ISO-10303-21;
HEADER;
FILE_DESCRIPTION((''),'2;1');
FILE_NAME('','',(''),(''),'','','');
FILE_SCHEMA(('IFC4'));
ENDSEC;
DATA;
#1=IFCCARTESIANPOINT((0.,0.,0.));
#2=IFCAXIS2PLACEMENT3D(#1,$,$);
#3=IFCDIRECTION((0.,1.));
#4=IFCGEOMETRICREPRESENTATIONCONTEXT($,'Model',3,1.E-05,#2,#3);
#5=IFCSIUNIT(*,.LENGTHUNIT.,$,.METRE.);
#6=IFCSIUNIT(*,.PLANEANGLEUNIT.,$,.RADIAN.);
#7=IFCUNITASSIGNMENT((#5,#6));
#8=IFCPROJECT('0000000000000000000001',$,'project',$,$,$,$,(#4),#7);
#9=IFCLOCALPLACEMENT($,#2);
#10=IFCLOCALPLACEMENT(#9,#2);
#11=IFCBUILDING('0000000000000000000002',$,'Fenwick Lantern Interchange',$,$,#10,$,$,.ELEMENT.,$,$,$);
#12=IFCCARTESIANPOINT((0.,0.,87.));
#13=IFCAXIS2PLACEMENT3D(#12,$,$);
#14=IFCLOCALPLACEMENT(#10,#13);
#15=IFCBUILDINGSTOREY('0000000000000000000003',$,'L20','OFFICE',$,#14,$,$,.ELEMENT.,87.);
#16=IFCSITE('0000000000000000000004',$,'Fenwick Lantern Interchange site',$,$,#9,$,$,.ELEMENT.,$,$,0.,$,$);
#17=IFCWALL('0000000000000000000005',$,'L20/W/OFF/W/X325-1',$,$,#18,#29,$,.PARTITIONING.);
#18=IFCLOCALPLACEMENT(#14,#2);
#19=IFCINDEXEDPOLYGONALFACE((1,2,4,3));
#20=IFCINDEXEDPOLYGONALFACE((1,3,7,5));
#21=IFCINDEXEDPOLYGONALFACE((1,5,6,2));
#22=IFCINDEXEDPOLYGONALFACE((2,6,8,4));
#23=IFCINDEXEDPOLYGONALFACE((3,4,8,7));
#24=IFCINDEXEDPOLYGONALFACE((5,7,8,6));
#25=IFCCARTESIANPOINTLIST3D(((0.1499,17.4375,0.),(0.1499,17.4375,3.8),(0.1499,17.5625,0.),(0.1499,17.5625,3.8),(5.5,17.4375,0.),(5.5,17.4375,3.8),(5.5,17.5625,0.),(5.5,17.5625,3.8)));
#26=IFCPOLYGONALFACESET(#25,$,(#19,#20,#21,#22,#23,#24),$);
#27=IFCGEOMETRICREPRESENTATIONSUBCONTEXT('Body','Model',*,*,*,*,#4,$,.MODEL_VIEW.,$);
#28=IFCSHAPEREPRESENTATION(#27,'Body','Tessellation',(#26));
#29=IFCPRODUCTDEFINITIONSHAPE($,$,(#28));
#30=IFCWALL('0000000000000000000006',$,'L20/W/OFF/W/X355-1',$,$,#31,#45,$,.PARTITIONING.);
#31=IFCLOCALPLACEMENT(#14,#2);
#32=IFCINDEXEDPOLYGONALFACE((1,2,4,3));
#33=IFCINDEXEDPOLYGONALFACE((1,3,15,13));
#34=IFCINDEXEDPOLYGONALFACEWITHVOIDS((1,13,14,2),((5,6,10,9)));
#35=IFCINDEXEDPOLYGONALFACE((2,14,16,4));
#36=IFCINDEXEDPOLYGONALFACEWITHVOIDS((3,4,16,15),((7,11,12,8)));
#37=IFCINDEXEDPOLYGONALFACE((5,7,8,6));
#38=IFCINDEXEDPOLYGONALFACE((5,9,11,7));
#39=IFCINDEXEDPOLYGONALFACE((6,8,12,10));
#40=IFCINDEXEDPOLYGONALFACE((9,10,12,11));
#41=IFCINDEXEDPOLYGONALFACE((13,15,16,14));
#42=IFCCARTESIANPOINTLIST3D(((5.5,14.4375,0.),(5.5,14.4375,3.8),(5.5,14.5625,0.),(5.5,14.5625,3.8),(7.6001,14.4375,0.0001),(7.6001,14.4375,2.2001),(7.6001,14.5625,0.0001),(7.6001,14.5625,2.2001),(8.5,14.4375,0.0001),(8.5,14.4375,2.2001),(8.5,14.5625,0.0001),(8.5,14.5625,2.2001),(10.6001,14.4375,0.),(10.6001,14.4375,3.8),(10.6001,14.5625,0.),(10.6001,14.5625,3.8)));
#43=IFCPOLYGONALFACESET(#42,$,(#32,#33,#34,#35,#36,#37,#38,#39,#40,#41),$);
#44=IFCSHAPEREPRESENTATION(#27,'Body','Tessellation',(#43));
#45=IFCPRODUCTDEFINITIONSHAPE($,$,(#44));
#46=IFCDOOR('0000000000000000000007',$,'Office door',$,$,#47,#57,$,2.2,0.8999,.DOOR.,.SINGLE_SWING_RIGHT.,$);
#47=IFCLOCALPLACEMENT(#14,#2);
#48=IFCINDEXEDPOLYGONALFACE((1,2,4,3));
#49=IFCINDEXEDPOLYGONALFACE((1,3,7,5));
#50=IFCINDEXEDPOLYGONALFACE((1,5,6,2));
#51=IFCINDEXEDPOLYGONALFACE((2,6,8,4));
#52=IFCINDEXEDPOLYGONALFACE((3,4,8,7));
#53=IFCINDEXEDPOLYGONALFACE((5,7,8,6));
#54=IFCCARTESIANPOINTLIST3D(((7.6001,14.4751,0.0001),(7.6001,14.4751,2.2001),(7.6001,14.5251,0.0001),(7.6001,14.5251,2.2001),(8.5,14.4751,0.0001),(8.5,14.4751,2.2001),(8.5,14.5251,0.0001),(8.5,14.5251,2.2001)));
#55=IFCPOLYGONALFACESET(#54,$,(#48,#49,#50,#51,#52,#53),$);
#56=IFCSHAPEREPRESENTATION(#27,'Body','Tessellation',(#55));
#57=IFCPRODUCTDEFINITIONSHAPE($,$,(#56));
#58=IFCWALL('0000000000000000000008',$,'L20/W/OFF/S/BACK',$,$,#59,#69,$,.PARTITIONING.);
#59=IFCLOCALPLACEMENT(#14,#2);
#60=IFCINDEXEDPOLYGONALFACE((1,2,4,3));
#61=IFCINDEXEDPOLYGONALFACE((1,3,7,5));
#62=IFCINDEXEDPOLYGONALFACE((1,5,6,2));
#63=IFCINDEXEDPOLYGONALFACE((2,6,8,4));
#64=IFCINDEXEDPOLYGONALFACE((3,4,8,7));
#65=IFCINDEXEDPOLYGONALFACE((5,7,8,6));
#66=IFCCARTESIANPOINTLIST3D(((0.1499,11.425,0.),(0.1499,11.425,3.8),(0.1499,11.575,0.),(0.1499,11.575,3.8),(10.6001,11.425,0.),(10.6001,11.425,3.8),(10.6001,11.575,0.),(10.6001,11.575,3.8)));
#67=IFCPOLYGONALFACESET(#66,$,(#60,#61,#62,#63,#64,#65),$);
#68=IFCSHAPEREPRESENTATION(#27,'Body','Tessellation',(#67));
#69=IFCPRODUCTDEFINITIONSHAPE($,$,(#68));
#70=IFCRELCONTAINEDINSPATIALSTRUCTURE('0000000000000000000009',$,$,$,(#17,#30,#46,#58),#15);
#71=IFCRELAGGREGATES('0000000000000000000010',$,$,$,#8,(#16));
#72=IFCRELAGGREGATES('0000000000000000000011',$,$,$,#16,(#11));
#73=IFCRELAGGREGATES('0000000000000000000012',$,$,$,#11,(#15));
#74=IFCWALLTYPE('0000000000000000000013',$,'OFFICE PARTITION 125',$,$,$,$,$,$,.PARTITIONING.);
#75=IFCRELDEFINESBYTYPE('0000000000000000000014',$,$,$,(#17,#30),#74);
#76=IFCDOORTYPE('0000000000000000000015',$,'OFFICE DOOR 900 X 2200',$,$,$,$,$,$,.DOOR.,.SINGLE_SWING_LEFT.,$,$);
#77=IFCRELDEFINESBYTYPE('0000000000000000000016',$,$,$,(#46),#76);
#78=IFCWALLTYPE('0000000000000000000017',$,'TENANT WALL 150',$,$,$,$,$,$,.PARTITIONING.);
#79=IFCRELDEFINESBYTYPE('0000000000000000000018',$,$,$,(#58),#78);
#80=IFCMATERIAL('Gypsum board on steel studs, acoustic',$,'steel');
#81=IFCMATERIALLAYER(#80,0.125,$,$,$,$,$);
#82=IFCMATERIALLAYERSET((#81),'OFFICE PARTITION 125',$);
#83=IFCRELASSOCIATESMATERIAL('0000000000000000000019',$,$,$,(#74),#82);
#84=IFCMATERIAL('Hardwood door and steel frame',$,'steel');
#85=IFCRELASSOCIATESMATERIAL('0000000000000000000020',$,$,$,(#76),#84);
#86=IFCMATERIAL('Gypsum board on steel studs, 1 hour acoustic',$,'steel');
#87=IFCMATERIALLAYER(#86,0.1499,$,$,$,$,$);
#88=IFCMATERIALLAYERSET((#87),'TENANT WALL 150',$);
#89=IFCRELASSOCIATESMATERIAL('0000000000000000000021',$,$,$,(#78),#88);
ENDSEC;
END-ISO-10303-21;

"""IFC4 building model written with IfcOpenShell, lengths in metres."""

from ifc_helpers import new_model, si_unit, direction, frame, frame_2d, origin, place, context, subcontext, project, spatial, rectangle, extrude, material, layer, layer_set, type_object, element, fill, save


model = new_model("IFC4")

# Units and contexts
model_context = context("Model", 3, precision=1e-05, world=origin(), true_north=direction((0.0, 1.0)))
body_context = subcontext(model_context, "Body", "Model", "MODEL_VIEW")
ifc_project = project(units=[si_unit("LENGTHUNIT", "METRE"), si_unit("PLANEANGLEUNIT", "RADIAN")], contexts=[model_context])

# Site, building, storey
site_placement = place(None, origin())
site = spatial("IfcSite", under=ifc_project, at=site_placement, Name="Fenwick Lantern Interchange site", CompositionType="ELEMENT", RefElevation=0.0)
building_placement = place(site_placement, origin())
building = spatial("IfcBuilding", under=site, at=building_placement, Name="Fenwick Lantern Interchange", CompositionType="ELEMENT")
storey_placement = place(building_placement, frame((0.0, 0.0, 87.0)))
storey = spatial("IfcBuildingStorey", under=building, at=storey_placement, Name="L20", Description="OFFICE", CompositionType="ELEMENT", Elevation=87.0)

# Shared definitions
ifc_material_1 = material(Name="Hardwood door and steel frame", Category="steel")

# Wall
ifc_material_2 = material(Name="Gypsum board on steel studs, acoustic", Category="steel")
ifc_layer_1 = layer(ifc_material_2, 0.125)
ifc_layer_set_1 = layer_set([ifc_layer_1], Name="OFFICE PARTITION 125")
wall_type_1 = type_object("IfcWallType", Name="OFFICE PARTITION 125", PredefinedType="PARTITIONING", material=ifc_layer_set_1)
for number, where, z_axis, x_axis, name in (
    (1, (0.1499, 17.5, 0.0), (0.0, 0.0, 1.0), (1.0, 0.0, 0.0), "L20/W/OFF/W/X325-1"),
):
    element("IfcWall", number, at=place(storey_placement, frame(where, z_axis=z_axis, x_axis=x_axis)), inside=storey, type_object=wall_type_1, Name=name, PredefinedType="PARTITIONING", context=body_context, shape_type="SweptSolid", body=[
        extrude(rectangle(XDim=5.3501, YDim=0.125, at=frame_2d((2.675, 0.0))), origin(), (0.0, 0.0, 1.0), 3.8),
    ])

# Wall, opening, door
wall_1_placement = place(storey_placement, frame((5.5, 14.5, 0.0), z_axis=(0.0, 0.0, 1.0), x_axis=(1.0, 0.0, 0.0)))
wall_1 = element("IfcWall", 2, at=wall_1_placement, inside=storey, type_object=wall_type_1, Name="L20/W/OFF/W/X355-1", PredefinedType="PARTITIONING", context=body_context, shape_type="SweptSolid", body=[
    extrude(rectangle(XDim=5.1001, YDim=0.125, at=frame_2d((2.55, 0.0))), origin(), (0.0, 0.0, 1.0), 3.8),
])
opening_1_placement = place(wall_1_placement, frame((2.1001, 0.0, 0.0)))
opening_1 = element("IfcOpeningElement", 3, at=opening_1_placement, cuts=wall_1, PredefinedType="OPENING", context=body_context, shape_type="SweptSolid", body=[
    extrude(rectangle(XDim=0.8999, YDim=2.2, at=frame_2d((0.45, 1.1001))), frame((0.0, 0.0725, 0.0), z_axis=(0.0, -1.0, 0.0), x_axis=(1.0, 0.0, 0.0)), (0.0, 0.0, 1.0), 0.145),
])
door_type_1 = type_object("IfcDoorType", Name="OFFICE DOOR 900 X 2200", OperationType="SINGLE_SWING_LEFT", PredefinedType="DOOR", material=ifc_material_1)
door_1_placement = place(opening_1_placement, frame((0.8999, 0.0, 0.0), z_axis=(0.0, 0.0, 1.0), x_axis=(-1.0, 0.0, 0.0)))
door_1 = element("IfcDoor", 4, at=door_1_placement, inside=storey, type_object=door_type_1, Name="Office door", OperationType="SINGLE_SWING_RIGHT", OverallHeight=2.2, OverallWidth=0.8999, PredefinedType="DOOR", context=body_context, shape_type="SweptSolid", body=[
    extrude(rectangle(XDim=0.8999, YDim=2.2, at=frame_2d((0.45, 1.1001))), frame((0.0, 0.0249, 0.0), z_axis=(0.0, -1.0, 0.0), x_axis=(1.0, 0.0, 0.0)), (0.0, 0.0, 1.0), 0.05),
])
fill(opening_1, door_1)

# Wall
ifc_material_3 = material(Name="Gypsum board on steel studs, 1 hour acoustic", Category="steel")
ifc_layer_2 = layer(ifc_material_3, 0.1499)
ifc_layer_set_2 = layer_set([ifc_layer_2], Name="TENANT WALL 150")
wall_type_2 = type_object("IfcWallType", Name="TENANT WALL 150", PredefinedType="PARTITIONING", material=ifc_layer_set_2)
wall_2_placement = place(storey_placement, frame((0.1499, 11.5, 0.0), z_axis=(0.0, 0.0, 1.0), x_axis=(1.0, 0.0, 0.0)))
element("IfcWall", 5, at=wall_2_placement, inside=storey, type_object=wall_type_2, Name="L20/W/OFF/S/BACK", PredefinedType="PARTITIONING", context=body_context, shape_type="SweptSolid", body=[
    extrude(rectangle(XDim=10.4502, YDim=0.1499, at=frame_2d((5.2251, 0.0))), origin(), (0.0, 0.0, 1.0), 3.8),
])

save(model, "model.ifc")
